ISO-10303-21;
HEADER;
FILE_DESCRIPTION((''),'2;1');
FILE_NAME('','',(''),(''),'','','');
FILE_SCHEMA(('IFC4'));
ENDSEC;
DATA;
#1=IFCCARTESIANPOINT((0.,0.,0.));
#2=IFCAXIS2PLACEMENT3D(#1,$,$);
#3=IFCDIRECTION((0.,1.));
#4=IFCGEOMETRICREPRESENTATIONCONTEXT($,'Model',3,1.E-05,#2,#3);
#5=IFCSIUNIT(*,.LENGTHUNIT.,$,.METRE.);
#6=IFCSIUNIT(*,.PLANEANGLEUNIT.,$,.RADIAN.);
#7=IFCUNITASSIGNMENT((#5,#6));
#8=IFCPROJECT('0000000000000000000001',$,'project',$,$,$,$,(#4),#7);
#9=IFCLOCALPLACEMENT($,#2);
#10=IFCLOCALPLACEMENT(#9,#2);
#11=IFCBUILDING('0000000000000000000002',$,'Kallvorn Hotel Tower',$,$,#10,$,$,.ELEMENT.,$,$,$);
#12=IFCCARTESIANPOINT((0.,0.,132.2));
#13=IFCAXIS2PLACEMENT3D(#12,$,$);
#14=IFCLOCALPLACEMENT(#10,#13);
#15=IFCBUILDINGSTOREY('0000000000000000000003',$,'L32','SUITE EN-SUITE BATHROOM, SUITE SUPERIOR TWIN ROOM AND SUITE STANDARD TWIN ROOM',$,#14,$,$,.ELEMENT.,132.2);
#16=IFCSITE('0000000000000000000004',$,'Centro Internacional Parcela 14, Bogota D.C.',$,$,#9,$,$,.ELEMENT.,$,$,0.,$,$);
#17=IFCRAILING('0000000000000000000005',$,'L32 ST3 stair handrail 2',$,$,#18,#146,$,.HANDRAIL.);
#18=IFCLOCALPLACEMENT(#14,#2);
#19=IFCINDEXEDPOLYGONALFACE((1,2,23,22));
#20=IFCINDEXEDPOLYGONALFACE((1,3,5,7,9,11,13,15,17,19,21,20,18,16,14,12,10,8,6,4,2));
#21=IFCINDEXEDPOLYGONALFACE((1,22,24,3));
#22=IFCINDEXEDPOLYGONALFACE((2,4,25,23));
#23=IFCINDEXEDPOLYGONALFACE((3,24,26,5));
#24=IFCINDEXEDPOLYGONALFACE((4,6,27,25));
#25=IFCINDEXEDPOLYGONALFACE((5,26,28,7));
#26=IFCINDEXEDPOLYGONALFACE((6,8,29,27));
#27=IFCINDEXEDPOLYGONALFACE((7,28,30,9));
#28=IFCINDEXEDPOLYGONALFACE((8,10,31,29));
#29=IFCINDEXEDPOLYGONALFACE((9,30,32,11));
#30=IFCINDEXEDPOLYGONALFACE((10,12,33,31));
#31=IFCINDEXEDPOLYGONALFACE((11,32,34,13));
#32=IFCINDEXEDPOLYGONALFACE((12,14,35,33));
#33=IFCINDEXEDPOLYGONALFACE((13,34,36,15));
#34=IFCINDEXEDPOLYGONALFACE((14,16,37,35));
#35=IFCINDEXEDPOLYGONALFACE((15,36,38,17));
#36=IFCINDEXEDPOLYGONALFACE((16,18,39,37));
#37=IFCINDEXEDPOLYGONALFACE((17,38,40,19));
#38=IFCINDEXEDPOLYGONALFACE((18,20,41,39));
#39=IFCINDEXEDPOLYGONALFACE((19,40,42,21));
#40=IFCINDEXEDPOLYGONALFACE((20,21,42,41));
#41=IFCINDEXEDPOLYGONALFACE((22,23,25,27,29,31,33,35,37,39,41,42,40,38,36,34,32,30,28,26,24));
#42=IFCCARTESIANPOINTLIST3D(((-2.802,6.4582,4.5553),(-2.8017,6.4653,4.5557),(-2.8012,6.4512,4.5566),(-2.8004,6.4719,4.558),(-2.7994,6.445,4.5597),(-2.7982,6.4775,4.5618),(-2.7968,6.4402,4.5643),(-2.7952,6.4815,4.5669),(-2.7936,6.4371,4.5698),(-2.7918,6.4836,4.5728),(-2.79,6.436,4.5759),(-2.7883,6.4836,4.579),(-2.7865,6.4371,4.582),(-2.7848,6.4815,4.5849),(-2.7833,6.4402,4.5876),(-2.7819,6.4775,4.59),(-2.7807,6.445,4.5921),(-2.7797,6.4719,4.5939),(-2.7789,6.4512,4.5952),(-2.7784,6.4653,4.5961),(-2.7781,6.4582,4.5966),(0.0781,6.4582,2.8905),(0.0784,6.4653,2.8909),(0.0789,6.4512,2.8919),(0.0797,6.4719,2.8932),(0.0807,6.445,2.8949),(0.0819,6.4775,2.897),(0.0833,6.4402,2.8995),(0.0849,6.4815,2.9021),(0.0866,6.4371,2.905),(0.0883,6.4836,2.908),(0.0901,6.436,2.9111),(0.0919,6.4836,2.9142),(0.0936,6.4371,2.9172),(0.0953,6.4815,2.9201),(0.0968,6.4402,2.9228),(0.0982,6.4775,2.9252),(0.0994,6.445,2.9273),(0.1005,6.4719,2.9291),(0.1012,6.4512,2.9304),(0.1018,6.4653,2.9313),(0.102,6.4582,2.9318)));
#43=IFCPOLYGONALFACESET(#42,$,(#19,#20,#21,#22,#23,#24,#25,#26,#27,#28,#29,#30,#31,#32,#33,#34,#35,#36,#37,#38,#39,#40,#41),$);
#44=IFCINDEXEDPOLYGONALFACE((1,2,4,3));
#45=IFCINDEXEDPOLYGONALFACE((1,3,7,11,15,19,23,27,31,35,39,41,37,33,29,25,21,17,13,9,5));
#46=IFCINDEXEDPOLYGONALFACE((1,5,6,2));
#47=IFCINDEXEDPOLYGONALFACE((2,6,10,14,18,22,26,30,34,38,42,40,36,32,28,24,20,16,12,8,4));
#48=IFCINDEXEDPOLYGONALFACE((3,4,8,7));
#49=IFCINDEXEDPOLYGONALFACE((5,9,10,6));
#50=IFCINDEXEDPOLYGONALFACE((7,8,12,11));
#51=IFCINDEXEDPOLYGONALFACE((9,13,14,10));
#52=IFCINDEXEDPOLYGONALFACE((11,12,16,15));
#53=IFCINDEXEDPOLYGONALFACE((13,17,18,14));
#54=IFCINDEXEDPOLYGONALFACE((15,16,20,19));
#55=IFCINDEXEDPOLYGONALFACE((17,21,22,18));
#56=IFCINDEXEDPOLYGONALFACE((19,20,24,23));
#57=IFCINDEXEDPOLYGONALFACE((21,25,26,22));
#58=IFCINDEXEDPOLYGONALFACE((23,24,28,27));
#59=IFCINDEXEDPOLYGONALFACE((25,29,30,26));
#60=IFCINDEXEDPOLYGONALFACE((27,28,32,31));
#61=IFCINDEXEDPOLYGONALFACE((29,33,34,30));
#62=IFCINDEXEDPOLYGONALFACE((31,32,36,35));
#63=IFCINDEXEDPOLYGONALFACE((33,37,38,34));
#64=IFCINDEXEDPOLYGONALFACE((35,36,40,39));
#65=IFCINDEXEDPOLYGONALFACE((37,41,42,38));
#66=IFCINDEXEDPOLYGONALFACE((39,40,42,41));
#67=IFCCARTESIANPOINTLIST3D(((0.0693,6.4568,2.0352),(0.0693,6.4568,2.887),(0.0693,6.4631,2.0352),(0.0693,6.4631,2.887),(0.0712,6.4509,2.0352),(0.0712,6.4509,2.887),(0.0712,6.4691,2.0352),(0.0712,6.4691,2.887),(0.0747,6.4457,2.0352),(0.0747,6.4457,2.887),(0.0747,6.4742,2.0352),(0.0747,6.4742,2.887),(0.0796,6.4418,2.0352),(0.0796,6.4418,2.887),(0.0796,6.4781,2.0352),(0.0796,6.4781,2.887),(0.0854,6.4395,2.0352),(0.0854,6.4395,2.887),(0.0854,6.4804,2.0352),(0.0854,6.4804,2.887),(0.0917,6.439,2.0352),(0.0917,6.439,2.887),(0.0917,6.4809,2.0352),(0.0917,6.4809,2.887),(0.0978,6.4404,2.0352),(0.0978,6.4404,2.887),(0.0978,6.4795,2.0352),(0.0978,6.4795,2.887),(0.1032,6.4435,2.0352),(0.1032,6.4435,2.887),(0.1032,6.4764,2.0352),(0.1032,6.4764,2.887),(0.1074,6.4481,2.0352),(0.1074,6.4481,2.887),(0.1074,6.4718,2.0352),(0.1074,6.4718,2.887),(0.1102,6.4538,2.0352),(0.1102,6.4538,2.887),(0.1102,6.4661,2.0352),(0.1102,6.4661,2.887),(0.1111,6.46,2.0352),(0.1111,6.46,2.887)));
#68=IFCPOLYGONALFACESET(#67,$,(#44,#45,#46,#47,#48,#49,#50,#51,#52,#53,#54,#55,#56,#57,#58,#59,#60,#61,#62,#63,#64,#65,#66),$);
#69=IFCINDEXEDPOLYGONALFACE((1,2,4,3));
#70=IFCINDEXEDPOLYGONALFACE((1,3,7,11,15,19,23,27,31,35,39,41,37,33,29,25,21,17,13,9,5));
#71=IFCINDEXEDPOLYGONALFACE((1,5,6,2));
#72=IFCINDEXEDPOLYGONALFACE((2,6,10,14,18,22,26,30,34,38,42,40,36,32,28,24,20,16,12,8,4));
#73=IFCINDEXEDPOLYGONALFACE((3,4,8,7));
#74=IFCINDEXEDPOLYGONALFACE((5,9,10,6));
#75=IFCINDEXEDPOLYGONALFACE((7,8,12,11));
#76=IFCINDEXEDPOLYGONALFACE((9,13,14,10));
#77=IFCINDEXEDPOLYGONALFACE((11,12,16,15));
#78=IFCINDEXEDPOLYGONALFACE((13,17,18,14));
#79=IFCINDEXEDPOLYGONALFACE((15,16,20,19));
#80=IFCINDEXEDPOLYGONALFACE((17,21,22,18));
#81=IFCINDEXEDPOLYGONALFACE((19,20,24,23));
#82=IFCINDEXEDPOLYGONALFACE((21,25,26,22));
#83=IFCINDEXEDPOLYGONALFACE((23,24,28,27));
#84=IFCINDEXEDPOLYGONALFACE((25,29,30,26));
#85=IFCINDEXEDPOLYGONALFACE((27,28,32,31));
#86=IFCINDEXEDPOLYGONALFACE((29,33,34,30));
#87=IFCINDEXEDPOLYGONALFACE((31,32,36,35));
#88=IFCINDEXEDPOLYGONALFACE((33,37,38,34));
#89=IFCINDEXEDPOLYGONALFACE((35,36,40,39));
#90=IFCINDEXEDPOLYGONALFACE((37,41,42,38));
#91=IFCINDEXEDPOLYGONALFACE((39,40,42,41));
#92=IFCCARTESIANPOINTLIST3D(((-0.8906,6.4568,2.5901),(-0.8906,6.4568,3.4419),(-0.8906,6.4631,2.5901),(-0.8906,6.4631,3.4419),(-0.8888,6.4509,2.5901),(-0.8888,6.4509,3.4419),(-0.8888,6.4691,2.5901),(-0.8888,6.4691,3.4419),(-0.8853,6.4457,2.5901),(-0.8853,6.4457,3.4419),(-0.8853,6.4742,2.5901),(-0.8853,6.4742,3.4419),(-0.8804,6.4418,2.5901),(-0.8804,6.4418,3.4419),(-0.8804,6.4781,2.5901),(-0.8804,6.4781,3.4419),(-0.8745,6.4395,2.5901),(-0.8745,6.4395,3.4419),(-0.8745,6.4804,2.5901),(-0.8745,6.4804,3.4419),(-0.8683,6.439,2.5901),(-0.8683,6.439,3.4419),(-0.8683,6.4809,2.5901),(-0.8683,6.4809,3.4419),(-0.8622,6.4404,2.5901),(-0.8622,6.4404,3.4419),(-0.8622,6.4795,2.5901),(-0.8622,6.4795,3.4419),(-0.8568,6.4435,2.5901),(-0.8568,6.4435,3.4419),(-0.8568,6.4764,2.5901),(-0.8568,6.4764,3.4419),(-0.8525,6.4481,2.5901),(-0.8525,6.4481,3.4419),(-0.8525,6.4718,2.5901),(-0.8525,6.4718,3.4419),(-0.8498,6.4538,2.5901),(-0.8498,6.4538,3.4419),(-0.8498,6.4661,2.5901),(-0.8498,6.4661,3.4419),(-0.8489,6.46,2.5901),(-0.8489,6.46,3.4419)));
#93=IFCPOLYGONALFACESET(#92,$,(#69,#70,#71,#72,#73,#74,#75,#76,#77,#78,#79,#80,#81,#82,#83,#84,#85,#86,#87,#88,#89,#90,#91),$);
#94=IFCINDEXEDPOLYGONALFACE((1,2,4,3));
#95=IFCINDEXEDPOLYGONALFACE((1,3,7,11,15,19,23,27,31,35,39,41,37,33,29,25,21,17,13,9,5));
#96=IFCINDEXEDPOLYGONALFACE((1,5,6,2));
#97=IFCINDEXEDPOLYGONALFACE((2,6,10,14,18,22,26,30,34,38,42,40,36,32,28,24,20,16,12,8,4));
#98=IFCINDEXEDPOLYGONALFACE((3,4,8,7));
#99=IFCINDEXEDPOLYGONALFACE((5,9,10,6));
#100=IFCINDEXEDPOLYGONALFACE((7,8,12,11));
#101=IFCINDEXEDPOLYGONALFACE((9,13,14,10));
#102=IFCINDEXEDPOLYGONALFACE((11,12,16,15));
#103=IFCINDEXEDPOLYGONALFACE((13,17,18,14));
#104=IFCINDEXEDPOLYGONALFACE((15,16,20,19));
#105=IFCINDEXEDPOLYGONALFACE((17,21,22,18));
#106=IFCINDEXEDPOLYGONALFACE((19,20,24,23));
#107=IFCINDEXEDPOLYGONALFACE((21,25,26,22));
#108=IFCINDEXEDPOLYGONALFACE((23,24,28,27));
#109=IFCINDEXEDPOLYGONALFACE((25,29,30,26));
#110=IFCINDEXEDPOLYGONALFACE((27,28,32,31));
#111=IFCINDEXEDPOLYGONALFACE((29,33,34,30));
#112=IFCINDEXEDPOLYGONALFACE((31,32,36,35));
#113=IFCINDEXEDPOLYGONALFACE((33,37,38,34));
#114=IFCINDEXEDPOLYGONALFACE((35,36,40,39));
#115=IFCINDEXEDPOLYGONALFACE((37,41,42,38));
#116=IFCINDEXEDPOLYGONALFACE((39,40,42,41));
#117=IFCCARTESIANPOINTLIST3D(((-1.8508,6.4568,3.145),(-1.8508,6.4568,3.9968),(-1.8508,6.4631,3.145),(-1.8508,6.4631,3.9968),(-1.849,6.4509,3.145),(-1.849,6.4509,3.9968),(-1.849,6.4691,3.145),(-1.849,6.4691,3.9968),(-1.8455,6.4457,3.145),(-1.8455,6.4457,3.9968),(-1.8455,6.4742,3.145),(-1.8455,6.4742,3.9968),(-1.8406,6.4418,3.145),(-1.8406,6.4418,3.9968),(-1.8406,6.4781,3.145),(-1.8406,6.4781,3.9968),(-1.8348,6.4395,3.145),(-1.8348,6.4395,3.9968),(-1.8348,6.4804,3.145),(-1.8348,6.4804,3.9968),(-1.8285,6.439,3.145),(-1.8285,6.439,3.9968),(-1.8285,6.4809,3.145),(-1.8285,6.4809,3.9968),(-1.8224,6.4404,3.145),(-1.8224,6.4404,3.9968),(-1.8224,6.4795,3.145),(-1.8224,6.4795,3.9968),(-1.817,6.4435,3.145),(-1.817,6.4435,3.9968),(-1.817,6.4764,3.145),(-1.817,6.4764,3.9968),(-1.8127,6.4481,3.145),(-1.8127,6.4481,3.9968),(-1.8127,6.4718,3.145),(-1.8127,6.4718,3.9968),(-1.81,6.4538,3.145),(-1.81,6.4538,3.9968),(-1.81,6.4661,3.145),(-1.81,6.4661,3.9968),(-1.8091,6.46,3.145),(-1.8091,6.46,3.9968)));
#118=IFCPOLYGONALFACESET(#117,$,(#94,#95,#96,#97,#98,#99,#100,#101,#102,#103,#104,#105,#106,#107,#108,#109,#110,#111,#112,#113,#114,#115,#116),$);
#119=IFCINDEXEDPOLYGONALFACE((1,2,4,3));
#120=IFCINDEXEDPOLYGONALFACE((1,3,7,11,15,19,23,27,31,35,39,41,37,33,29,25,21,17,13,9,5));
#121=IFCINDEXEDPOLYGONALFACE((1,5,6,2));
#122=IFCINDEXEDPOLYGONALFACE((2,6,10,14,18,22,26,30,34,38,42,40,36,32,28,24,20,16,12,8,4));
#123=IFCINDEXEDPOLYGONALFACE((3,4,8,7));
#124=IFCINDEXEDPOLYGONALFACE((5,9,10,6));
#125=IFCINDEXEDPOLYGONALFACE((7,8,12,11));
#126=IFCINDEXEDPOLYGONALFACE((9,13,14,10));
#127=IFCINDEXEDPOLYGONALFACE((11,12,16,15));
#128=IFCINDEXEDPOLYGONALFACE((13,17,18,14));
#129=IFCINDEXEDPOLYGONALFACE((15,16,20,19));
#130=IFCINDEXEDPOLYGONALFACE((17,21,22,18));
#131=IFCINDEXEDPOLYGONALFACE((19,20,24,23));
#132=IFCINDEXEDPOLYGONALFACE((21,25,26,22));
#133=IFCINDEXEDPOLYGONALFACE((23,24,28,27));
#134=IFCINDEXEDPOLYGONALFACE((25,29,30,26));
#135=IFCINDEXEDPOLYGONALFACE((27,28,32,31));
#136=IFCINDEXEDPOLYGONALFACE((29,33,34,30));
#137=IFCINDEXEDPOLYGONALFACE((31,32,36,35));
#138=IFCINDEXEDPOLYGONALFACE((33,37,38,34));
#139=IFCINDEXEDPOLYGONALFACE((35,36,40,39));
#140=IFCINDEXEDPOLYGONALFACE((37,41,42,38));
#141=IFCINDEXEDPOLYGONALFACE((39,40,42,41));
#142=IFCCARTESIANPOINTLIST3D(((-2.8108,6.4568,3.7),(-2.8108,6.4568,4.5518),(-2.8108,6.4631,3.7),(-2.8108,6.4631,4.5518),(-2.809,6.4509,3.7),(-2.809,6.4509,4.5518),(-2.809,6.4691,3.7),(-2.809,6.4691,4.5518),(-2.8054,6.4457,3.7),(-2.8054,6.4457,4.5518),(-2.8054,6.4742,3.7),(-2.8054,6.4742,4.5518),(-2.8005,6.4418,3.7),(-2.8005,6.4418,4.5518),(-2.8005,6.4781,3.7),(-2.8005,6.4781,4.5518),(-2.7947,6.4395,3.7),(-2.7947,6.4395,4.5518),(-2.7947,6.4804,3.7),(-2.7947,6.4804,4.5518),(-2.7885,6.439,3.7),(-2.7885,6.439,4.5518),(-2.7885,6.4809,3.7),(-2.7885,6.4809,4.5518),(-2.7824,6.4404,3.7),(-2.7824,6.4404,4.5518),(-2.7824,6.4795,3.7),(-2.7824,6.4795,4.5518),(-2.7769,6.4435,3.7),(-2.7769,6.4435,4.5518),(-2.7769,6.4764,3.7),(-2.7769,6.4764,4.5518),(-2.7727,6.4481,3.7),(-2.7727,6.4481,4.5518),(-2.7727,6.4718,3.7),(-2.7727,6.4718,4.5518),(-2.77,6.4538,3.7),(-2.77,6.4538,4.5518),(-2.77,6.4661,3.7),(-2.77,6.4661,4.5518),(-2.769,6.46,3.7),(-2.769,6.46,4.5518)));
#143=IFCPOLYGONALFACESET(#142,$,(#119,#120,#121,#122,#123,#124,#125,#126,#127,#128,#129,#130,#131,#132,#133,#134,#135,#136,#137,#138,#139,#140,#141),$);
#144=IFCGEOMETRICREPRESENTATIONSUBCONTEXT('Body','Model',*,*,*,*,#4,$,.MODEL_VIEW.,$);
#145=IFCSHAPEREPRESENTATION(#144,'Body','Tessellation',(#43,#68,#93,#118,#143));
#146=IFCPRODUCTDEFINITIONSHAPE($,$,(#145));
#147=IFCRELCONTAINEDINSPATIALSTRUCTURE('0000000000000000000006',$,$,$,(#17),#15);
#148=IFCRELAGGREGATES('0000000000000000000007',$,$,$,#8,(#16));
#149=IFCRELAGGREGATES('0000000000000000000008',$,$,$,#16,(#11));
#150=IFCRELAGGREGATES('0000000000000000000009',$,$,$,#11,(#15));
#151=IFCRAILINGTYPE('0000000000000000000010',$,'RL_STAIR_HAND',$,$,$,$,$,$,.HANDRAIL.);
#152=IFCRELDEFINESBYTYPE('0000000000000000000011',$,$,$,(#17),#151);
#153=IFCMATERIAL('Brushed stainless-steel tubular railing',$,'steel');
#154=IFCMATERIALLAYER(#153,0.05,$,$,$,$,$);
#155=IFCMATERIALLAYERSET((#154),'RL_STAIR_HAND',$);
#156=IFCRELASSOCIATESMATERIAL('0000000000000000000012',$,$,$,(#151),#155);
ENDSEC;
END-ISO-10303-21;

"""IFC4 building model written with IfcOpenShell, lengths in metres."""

from ifc_helpers import new_model, si_unit, direction, frame, origin, origin_2d, place, context, subcontext, project, spatial, circle, extrude, material, layer, layer_set, type_object, element, save


model = new_model("IFC4")

# Units and contexts
model_context = context("Model", 3, precision=1e-05, world=origin(), true_north=direction((0.0, 1.0)))
body_context = subcontext(model_context, "Body", "Model", "MODEL_VIEW")
ifc_project = project(units=[si_unit("LENGTHUNIT", "METRE"), si_unit("PLANEANGLEUNIT", "RADIAN")], contexts=[model_context])

# Site, building, storey
site_placement = place(None, origin())
site = spatial("IfcSite", under=ifc_project, at=site_placement, Name="Centro Internacional Parcela 14, Bogota D.C.", CompositionType="ELEMENT", RefElevation=0.0)
building_placement = place(site_placement, origin())
building = spatial("IfcBuilding", under=site, at=building_placement, Name="Kallvorn Hotel Tower", CompositionType="ELEMENT")
storey_placement = place(building_placement, frame((0.0, 0.0, 132.2)))
storey = spatial("IfcBuildingStorey", under=building, at=storey_placement, Name="L32", Description="SUITE EN-SUITE BATHROOM, SUITE SUPERIOR TWIN ROOM AND SUITE STANDARD TWIN ROOM", CompositionType="ELEMENT", Elevation=132.2)

# Railing
ifc_material_1 = material(Name="Brushed stainless-steel tubular railing", Category="steel")
ifc_layer_1 = layer(ifc_material_1, 0.05)
ifc_layer_set_1 = layer_set([ifc_layer_1], Name="RL_STAIR_HAND")
railing_type_1 = type_object("IfcRailingType", Name="RL_STAIR_HAND", PredefinedType="HANDRAIL", material=ifc_layer_set_1)
railing_1_placement = place(storey_placement, frame((0.0901, 6.46, 2.0352)))
element("IfcRailing", 1, at=railing_1_placement, inside=storey, type_object=railing_type_1, Name="L32 ST3 stair handrail 2", PredefinedType="HANDRAIL", context=body_context, shape_type="SweptSolid", body=[
    extrude(circle(Radius=0.0239, at=origin_2d()), frame((0.0, 0.0, 0.876), z_axis=(-0.865771, 0.0, 0.50044), x_axis=(0.0, -1.0, 0.0)), (0.0, 0.0, 1.0), 3.3267),
    extrude(circle(Radius=0.021, at=origin_2d()), origin(), (0.0, 0.0, 1.0), 0.8518),
    extrude(circle(Radius=0.021, at=origin_2d()), frame((-0.96, 0.0, 0.5549)), (0.0, 0.0, 1.0), 0.8518),
    extrude(circle(Radius=0.021, at=origin_2d()), frame((-1.9202, 0.0, 1.1099)), (0.0, 0.0, 1.0), 0.8518),
    extrude(circle(Radius=0.021, at=origin_2d()), frame((-2.8801, 0.0, 1.6648)), (0.0, 0.0, 1.0), 0.8518),
])

save(model, "model.ifc")
